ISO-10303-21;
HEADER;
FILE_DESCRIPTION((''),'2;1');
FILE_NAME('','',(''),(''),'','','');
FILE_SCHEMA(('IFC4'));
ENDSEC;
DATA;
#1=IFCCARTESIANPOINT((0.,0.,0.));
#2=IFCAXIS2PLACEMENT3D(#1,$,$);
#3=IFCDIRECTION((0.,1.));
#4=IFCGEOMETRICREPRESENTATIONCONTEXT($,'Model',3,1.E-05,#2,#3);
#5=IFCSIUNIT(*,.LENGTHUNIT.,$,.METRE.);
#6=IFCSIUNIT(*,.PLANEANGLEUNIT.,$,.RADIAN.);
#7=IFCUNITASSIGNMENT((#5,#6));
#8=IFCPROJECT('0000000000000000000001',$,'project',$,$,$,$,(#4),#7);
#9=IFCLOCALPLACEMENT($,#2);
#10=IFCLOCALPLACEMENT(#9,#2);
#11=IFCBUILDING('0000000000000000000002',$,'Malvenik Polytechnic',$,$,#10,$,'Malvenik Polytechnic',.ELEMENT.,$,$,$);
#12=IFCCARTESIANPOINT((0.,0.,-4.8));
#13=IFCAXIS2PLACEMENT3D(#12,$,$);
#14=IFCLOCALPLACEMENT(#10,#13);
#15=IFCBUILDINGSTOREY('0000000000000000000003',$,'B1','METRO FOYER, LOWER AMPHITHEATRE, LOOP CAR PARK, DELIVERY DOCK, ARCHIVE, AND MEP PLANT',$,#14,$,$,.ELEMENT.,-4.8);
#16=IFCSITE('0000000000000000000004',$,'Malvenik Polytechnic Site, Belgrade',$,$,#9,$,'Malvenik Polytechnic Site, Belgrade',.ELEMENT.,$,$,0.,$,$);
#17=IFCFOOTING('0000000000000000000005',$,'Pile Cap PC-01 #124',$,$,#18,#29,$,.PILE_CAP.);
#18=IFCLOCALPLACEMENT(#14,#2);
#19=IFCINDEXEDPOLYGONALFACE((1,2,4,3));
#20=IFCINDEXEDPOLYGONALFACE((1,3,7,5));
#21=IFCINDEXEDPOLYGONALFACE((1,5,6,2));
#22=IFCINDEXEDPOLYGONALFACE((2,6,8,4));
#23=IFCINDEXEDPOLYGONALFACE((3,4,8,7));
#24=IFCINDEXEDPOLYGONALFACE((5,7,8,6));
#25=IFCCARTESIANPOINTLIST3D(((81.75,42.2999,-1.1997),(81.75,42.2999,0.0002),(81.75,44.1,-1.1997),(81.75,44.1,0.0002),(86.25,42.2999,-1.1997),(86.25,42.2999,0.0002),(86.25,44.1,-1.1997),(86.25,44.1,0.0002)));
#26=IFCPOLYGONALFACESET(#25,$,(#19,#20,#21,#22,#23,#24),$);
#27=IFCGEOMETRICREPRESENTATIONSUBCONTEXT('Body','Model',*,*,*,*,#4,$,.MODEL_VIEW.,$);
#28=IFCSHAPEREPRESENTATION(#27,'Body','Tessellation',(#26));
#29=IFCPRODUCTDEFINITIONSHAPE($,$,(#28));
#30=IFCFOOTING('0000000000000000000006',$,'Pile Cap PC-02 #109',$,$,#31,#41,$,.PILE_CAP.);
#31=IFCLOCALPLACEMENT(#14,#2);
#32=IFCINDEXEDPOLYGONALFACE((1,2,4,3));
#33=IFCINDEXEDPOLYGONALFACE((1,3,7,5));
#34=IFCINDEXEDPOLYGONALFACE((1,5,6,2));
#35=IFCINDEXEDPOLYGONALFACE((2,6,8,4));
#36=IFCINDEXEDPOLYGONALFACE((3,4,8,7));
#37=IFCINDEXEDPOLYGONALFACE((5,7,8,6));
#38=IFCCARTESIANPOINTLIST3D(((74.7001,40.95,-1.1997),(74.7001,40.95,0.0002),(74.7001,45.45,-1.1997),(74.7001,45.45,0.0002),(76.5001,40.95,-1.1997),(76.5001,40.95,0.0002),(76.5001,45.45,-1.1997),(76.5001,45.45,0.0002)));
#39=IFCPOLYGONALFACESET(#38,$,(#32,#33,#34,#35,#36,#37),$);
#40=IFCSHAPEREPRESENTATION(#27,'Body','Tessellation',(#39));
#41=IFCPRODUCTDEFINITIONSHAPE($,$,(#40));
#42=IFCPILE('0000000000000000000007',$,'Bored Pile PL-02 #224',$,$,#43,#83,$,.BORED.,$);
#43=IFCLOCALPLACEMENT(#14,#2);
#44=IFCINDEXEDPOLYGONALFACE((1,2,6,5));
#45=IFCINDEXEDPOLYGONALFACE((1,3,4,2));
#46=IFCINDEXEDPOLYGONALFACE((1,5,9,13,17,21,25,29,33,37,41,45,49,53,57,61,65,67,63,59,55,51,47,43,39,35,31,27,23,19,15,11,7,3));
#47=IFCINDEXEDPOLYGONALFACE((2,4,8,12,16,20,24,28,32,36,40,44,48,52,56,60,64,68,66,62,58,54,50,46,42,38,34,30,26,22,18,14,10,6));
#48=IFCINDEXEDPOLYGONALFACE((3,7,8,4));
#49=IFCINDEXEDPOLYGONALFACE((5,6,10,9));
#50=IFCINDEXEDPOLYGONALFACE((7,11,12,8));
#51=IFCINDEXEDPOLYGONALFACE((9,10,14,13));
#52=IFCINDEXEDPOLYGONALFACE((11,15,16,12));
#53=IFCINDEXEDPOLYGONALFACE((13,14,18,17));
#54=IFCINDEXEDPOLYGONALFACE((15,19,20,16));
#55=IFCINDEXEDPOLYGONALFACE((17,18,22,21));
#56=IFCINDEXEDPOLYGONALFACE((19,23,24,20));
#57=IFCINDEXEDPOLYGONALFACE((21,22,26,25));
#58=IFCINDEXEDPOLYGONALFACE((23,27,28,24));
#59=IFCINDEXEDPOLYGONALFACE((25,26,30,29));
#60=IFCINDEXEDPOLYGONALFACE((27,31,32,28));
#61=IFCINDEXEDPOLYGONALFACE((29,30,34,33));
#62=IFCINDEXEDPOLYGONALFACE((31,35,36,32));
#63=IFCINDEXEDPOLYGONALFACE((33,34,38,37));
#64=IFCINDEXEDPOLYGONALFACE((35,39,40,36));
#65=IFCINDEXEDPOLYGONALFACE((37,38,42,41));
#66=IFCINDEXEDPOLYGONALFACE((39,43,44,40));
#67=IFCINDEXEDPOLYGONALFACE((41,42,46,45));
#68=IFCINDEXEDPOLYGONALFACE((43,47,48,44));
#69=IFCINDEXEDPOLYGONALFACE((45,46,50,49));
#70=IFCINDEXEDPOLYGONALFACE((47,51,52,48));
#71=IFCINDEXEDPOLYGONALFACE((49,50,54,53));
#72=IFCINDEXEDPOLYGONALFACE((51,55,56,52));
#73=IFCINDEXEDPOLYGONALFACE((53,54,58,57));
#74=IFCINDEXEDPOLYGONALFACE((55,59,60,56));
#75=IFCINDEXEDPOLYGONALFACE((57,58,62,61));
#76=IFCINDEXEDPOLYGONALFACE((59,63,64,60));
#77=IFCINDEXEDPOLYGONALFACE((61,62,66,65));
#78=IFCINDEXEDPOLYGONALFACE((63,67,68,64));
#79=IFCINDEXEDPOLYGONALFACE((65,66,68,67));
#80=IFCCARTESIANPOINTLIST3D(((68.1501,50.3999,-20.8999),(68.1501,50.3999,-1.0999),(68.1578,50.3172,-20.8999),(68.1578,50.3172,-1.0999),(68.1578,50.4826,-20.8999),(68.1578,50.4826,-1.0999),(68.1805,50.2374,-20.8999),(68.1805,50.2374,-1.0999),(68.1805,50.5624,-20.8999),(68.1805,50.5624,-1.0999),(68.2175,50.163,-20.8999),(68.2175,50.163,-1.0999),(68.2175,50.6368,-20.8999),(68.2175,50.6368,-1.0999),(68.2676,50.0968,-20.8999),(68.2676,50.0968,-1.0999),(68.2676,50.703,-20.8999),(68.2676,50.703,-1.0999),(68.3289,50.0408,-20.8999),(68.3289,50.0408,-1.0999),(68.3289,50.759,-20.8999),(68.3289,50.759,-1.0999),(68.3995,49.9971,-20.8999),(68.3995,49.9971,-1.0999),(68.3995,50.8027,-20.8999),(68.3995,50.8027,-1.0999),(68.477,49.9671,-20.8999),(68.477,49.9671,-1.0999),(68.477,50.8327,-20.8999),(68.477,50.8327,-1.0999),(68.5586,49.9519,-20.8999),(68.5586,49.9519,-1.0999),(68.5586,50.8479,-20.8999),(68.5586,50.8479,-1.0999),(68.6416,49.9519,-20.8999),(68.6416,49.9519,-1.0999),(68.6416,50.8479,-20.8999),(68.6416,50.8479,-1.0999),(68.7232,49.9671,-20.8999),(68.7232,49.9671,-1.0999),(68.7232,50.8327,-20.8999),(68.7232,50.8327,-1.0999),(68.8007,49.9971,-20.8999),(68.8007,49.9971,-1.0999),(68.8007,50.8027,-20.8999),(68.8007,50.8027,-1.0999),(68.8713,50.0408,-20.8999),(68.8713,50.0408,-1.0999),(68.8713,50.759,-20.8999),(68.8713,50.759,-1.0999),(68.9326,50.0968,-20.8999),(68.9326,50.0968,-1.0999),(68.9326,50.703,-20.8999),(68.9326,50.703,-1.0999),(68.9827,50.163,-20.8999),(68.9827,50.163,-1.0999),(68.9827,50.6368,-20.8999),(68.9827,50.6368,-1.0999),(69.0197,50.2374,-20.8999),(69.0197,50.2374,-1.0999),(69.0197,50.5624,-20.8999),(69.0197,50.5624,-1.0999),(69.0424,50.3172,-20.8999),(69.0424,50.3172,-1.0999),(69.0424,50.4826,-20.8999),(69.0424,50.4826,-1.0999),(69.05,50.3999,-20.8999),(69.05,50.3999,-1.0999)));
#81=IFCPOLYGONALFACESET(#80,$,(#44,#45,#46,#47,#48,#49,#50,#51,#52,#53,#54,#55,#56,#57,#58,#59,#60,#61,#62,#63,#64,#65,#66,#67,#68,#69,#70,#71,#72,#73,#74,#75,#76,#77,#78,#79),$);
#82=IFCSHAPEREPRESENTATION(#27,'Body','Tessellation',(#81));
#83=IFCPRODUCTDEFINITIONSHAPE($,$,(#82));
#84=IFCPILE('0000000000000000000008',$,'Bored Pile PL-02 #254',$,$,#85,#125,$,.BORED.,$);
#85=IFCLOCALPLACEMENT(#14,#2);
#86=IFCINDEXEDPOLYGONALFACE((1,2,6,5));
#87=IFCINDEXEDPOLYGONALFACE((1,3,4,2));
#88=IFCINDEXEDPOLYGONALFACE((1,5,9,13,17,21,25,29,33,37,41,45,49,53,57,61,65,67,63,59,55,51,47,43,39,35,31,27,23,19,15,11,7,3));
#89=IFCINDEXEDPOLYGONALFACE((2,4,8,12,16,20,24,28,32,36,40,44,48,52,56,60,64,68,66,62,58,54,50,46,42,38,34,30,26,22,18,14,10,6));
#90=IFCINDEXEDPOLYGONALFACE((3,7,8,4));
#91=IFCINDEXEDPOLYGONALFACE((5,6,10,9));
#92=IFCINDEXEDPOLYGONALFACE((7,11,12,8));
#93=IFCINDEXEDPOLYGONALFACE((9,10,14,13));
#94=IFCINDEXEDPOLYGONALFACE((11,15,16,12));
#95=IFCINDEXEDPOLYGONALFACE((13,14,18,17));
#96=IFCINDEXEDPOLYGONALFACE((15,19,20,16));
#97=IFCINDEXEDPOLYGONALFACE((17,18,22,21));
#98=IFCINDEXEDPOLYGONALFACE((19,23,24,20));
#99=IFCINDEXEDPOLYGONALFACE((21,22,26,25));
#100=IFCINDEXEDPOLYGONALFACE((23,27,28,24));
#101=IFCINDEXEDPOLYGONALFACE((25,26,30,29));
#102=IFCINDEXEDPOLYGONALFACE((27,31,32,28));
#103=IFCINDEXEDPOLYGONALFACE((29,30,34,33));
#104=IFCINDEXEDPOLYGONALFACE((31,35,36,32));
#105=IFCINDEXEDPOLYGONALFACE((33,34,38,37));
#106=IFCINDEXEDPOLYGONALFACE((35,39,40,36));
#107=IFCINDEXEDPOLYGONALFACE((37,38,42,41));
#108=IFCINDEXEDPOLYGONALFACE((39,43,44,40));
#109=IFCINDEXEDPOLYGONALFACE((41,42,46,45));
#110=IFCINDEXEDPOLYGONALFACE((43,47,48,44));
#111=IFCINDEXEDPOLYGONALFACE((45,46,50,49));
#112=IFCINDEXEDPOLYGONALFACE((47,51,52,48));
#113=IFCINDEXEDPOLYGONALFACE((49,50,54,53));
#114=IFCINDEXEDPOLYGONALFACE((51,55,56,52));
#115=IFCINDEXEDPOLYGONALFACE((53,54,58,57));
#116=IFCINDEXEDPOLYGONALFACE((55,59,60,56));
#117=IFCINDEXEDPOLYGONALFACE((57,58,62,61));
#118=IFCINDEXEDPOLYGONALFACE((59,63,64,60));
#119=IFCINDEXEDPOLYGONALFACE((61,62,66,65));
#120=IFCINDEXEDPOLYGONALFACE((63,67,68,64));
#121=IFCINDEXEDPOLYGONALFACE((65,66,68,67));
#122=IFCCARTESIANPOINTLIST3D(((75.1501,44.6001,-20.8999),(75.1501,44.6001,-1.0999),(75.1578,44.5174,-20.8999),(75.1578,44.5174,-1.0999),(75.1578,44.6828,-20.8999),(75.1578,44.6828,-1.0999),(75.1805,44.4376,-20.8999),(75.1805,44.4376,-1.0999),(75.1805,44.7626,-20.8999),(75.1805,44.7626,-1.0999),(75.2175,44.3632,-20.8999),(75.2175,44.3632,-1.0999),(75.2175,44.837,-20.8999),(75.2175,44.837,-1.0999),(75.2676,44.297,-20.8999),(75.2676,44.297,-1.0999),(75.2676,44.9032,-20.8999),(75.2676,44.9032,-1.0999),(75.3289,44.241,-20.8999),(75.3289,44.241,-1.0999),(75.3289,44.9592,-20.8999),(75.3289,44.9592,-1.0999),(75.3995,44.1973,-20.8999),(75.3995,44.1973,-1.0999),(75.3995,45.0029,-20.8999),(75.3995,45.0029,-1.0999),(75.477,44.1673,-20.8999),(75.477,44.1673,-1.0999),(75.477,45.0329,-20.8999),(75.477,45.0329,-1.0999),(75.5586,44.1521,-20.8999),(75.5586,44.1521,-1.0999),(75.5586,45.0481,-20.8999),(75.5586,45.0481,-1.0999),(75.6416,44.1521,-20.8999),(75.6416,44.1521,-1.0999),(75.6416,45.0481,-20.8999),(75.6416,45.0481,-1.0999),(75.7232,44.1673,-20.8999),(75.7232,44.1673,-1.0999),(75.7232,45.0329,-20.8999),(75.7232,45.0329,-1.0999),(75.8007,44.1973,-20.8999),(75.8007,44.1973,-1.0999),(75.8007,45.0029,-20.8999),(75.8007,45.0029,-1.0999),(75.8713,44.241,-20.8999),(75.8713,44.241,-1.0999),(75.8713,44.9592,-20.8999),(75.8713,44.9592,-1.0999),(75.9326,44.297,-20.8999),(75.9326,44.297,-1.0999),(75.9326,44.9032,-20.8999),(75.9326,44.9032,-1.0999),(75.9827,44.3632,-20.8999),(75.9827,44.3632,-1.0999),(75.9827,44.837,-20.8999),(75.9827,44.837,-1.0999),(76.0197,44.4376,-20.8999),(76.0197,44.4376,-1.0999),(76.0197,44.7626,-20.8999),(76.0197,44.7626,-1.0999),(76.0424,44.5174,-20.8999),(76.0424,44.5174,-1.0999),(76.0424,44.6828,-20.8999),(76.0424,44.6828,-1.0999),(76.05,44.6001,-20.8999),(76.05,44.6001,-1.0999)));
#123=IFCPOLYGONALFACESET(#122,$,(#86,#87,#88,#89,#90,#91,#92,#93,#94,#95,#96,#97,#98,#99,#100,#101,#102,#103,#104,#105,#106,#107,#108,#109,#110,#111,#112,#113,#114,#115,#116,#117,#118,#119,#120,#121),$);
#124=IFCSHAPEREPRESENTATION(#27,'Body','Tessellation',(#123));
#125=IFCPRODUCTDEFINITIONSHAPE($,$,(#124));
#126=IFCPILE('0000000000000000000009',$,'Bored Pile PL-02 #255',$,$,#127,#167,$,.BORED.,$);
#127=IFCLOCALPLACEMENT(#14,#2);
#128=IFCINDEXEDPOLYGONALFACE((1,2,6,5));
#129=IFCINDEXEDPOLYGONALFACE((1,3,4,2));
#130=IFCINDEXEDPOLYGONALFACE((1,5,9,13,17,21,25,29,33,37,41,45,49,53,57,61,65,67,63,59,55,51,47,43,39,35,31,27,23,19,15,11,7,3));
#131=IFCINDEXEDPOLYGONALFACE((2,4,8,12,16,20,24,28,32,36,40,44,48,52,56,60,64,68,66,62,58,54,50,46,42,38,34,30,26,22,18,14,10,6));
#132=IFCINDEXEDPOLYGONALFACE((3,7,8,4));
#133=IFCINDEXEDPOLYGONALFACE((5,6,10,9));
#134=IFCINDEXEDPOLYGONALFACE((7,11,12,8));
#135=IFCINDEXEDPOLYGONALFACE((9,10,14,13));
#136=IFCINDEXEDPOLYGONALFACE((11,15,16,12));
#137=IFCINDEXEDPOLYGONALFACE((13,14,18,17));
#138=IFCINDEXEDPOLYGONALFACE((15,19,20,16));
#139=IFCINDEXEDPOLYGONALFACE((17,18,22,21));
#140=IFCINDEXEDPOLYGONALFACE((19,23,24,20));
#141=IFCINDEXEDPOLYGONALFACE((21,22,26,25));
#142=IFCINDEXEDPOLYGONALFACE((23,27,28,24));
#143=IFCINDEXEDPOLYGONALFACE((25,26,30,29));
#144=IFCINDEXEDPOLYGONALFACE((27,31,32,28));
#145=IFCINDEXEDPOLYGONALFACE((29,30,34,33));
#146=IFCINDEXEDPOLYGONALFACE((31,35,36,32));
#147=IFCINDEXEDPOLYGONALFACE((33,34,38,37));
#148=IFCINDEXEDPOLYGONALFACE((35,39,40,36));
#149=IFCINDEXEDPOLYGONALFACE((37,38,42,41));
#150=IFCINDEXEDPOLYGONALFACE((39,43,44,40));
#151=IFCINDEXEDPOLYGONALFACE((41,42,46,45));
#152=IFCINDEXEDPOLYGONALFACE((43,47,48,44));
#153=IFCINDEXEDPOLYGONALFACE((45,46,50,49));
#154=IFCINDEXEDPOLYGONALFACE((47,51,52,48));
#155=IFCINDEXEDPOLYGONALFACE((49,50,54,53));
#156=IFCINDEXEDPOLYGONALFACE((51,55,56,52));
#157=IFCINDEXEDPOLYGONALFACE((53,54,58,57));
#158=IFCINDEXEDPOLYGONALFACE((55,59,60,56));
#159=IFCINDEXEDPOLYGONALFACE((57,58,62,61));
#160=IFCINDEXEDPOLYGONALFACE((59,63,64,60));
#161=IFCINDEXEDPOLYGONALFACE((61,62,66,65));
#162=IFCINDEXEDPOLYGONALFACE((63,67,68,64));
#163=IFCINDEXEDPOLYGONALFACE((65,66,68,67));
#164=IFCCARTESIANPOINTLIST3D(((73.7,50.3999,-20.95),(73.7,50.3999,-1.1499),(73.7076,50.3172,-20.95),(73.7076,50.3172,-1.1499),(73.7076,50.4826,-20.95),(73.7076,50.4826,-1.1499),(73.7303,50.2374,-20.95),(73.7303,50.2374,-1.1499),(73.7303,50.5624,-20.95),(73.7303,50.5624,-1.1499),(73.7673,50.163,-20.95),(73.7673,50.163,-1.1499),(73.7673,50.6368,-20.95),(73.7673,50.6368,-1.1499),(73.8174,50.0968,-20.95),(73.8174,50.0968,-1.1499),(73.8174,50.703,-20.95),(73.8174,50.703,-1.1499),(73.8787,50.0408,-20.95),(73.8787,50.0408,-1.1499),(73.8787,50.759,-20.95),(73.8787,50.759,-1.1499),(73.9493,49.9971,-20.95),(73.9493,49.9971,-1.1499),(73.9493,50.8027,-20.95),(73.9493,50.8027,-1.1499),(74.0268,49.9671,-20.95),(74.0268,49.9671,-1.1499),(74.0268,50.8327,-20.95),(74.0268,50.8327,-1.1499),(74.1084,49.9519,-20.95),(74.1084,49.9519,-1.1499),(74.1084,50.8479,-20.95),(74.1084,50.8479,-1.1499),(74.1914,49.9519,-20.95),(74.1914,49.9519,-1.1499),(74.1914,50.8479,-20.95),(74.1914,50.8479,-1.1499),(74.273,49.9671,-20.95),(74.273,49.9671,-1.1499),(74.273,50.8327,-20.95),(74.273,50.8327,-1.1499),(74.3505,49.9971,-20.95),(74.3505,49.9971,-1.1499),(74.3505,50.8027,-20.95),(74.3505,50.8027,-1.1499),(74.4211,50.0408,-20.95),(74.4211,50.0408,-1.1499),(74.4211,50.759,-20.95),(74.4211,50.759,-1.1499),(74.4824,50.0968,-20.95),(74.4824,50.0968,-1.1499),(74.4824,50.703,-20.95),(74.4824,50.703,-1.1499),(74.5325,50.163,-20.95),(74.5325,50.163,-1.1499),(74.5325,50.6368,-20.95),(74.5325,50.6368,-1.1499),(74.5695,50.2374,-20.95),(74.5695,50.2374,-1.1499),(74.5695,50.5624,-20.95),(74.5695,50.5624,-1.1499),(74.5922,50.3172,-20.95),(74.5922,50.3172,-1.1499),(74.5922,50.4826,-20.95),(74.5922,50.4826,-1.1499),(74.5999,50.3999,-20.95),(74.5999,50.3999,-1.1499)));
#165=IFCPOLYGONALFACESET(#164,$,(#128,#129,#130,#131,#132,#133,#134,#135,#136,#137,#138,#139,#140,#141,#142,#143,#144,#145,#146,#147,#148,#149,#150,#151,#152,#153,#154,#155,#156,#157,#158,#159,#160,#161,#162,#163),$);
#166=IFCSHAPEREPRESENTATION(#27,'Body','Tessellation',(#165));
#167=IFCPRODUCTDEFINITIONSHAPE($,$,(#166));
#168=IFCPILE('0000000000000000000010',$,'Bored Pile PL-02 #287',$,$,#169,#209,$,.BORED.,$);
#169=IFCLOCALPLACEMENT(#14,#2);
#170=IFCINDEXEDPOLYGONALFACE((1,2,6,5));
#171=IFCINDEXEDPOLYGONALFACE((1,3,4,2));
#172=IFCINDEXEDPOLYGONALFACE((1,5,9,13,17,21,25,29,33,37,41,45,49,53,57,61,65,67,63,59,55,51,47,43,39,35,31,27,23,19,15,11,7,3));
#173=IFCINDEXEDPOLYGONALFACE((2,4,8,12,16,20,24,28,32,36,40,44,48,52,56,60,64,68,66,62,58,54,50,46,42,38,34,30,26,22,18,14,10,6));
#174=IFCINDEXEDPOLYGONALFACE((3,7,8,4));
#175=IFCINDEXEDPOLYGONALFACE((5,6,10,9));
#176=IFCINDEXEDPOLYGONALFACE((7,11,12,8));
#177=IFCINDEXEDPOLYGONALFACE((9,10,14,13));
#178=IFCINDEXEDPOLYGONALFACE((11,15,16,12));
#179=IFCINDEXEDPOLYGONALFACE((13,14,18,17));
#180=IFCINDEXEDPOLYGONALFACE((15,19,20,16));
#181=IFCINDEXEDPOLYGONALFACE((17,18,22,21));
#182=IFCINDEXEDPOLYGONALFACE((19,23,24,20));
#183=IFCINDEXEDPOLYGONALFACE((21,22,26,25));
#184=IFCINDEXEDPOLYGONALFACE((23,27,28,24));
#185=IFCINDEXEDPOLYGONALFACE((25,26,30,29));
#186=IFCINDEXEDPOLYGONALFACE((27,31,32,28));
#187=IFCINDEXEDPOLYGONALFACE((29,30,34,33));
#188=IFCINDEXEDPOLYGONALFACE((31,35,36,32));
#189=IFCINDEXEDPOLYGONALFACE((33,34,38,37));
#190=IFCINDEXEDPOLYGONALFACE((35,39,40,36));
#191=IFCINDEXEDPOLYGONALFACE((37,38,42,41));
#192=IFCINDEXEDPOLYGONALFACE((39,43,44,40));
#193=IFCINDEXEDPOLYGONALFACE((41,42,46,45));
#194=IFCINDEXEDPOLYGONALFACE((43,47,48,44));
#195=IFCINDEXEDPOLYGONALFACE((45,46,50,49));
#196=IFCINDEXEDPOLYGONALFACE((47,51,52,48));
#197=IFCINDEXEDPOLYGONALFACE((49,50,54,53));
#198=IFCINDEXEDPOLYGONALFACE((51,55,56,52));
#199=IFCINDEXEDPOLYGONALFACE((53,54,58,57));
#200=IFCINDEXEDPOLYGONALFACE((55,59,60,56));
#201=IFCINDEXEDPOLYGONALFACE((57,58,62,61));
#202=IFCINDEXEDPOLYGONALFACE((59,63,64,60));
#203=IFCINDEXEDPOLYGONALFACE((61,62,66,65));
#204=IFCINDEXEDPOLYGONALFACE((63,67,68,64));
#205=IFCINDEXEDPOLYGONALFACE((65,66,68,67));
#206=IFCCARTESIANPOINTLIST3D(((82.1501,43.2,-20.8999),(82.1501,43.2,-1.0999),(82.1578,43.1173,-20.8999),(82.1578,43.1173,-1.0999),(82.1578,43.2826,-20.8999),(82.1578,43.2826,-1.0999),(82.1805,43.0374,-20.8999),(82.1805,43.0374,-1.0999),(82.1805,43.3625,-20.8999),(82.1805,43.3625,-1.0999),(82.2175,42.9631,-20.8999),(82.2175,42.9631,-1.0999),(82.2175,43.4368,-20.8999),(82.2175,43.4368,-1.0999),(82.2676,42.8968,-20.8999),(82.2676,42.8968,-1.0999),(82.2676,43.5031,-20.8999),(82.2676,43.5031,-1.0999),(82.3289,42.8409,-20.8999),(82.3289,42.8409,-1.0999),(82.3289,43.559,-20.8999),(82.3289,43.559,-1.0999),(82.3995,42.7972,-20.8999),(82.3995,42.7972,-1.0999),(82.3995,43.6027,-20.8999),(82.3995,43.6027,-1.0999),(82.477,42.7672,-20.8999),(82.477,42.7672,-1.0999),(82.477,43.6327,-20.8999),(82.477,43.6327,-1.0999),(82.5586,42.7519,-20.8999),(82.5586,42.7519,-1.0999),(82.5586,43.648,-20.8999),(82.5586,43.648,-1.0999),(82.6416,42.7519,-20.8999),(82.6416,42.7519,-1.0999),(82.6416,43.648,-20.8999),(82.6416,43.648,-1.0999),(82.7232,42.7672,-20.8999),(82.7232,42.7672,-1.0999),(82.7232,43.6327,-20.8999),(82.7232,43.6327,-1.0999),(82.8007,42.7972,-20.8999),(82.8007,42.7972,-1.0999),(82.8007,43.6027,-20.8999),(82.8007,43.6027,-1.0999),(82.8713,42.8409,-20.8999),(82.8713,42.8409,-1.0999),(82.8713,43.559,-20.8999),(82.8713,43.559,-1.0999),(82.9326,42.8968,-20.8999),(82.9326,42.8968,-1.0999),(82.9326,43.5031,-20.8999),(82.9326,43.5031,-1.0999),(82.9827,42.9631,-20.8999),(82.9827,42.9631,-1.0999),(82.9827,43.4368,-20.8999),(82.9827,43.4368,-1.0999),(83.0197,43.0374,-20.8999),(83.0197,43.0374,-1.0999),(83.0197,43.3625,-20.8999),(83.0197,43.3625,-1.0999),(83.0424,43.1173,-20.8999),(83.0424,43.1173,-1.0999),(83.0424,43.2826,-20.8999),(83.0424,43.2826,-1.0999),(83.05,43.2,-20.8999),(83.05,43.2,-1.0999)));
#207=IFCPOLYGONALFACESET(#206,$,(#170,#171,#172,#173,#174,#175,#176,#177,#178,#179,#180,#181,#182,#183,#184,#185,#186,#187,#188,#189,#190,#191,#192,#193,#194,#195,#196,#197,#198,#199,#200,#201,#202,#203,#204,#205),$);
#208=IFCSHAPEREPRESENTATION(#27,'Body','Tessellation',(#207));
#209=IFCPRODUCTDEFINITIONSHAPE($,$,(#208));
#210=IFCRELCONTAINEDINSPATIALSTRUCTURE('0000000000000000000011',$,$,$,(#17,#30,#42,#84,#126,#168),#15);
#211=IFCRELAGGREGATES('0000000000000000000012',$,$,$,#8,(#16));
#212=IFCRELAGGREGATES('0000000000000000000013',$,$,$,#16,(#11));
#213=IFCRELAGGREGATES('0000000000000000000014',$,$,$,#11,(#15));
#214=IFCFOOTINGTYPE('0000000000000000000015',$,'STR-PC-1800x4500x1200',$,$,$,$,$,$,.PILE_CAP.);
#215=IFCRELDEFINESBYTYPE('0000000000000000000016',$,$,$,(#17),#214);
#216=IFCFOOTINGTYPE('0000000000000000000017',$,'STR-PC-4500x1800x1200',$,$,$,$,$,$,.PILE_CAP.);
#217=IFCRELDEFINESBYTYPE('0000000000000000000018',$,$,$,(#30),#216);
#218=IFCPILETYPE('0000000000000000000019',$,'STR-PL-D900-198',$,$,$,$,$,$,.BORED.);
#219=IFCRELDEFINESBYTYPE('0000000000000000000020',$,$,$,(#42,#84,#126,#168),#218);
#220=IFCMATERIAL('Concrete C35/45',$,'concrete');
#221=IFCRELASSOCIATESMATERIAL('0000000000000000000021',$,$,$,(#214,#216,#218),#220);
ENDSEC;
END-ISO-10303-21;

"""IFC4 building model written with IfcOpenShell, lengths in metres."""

from ifc_helpers import new_model, si_unit, direction, frame, origin, origin_2d, place, context, subcontext, project, spatial, rectangle, circle, extrude, material, material_profile, profile_set, type_object, element, save


model = new_model("IFC4")

# Units and contexts
model_context = context("Model", 3, precision=1e-05, world=origin(), true_north=direction((0.0, 1.0)))
body_context = subcontext(model_context, "Body", "Model", "MODEL_VIEW")
ifc_project = project(units=[si_unit("LENGTHUNIT", "METRE"), si_unit("PLANEANGLEUNIT", "RADIAN")], contexts=[model_context])

# Site, building, storey
site_placement = place(None, origin())
site = spatial("IfcSite", under=ifc_project, at=site_placement, Name="Malvenik Polytechnic Site, Belgrade", LongName="Malvenik Polytechnic Site, Belgrade", CompositionType="ELEMENT", RefElevation=0.0)
building_placement = place(site_placement, origin())
building = spatial("IfcBuilding", under=site, at=building_placement, Name="Malvenik Polytechnic", LongName="Malvenik Polytechnic", CompositionType="ELEMENT")
storey_placement = place(building_placement, frame((0.0, 0.0, -4.8)))
storey = spatial("IfcBuildingStorey", under=building, at=storey_placement, Name="B1", Description="METRO FOYER, LOWER AMPHITHEATRE, LOOP CAR PARK, DELIVERY DOCK, ARCHIVE, AND MEP PLANT", CompositionType="ELEMENT", Elevation=-4.8)

# Footings
ifc_material_1 = material(Name="Concrete C35/45", Category="concrete")
footing_type_1 = type_object("IfcFootingType", Name="STR-PC-1800x4500x1200", PredefinedType="PILE_CAP", material=ifc_material_1)
footing_1_placement = place(storey_placement, frame((84.0, 43.2, -1.1997), z_axis=(0.0, 0.0, 1.0), x_axis=(1.0, 0.0, 0.0)))
element("IfcFooting", 1, at=footing_1_placement, inside=storey, type_object=footing_type_1, Name="Pile Cap PC-01 #124", PredefinedType="PILE_CAP", context=body_context, shape_type="SweptSolid", body=[
    extrude(rectangle(XDim=4.5, YDim=1.8, at=origin_2d()), origin(), (0.0, 0.0, 1.0), 1.2),
])
footing_type_2 = type_object("IfcFootingType", Name="STR-PC-4500x1800x1200", PredefinedType="PILE_CAP", material=ifc_material_1)
footing_2_placement = place(storey_placement, frame((75.6001, 43.2, -1.1997), z_axis=(0.0, 0.0, 1.0), x_axis=(1.0, 0.0, 0.0)))
element("IfcFooting", 2, at=footing_2_placement, inside=storey, type_object=footing_type_2, Name="Pile Cap PC-02 #109", PredefinedType="PILE_CAP", context=body_context, shape_type="SweptSolid", body=[
    extrude(rectangle(XDim=1.8, YDim=4.5, at=origin_2d()), origin(), (0.0, 0.0, 1.0), 1.2),
])

# Piles
ifc_material_profile_1 = material_profile(ifc_material_1, circle(Radius=0.45, at=origin_2d()), Name="BORED PILE D900")
ifc_profile_set_1 = profile_set([ifc_material_profile_1], Name="Concrete C35/45")
pile_type = type_object("IfcPileType", Name="STR-PL-D900-198", PredefinedType="BORED", material=ifc_profile_set_1)
for number, where, z_axis, x_axis, name in (
    (3, (68.6001, 50.3999, -1.0999), (0.0, 0.0, -1.0), (1.0, 0.0, 0.0), "Bored Pile PL-02 #224"),
    (4, (75.6001, 44.6001, -1.0999), (0.0, 0.0, -1.0), (1.0, 0.0, 0.0), "Bored Pile PL-02 #254"),
    (5, (74.1499, 50.3999, -1.1499), (0.0, 0.0, -1.0), (1.0, 0.0, 0.0), "Bored Pile PL-02 #255"),
    (6, (82.6001, 43.2, -1.0999), (0.0, 0.0, -1.0), (1.0, 0.0, 0.0), "Bored Pile PL-02 #287"),
):
    element("IfcPile", number, at=place(storey_placement, frame(where, z_axis=z_axis, x_axis=x_axis)), inside=storey, type_object=pile_type, Name=name, PredefinedType="BORED", context=body_context, shape_type="SweptSolid", body=[
        extrude(circle(Radius=0.45, at=origin_2d()), origin(), (0.0, 0.0, 1.0), 19.8),
    ])

save(model, "model.ifc")
